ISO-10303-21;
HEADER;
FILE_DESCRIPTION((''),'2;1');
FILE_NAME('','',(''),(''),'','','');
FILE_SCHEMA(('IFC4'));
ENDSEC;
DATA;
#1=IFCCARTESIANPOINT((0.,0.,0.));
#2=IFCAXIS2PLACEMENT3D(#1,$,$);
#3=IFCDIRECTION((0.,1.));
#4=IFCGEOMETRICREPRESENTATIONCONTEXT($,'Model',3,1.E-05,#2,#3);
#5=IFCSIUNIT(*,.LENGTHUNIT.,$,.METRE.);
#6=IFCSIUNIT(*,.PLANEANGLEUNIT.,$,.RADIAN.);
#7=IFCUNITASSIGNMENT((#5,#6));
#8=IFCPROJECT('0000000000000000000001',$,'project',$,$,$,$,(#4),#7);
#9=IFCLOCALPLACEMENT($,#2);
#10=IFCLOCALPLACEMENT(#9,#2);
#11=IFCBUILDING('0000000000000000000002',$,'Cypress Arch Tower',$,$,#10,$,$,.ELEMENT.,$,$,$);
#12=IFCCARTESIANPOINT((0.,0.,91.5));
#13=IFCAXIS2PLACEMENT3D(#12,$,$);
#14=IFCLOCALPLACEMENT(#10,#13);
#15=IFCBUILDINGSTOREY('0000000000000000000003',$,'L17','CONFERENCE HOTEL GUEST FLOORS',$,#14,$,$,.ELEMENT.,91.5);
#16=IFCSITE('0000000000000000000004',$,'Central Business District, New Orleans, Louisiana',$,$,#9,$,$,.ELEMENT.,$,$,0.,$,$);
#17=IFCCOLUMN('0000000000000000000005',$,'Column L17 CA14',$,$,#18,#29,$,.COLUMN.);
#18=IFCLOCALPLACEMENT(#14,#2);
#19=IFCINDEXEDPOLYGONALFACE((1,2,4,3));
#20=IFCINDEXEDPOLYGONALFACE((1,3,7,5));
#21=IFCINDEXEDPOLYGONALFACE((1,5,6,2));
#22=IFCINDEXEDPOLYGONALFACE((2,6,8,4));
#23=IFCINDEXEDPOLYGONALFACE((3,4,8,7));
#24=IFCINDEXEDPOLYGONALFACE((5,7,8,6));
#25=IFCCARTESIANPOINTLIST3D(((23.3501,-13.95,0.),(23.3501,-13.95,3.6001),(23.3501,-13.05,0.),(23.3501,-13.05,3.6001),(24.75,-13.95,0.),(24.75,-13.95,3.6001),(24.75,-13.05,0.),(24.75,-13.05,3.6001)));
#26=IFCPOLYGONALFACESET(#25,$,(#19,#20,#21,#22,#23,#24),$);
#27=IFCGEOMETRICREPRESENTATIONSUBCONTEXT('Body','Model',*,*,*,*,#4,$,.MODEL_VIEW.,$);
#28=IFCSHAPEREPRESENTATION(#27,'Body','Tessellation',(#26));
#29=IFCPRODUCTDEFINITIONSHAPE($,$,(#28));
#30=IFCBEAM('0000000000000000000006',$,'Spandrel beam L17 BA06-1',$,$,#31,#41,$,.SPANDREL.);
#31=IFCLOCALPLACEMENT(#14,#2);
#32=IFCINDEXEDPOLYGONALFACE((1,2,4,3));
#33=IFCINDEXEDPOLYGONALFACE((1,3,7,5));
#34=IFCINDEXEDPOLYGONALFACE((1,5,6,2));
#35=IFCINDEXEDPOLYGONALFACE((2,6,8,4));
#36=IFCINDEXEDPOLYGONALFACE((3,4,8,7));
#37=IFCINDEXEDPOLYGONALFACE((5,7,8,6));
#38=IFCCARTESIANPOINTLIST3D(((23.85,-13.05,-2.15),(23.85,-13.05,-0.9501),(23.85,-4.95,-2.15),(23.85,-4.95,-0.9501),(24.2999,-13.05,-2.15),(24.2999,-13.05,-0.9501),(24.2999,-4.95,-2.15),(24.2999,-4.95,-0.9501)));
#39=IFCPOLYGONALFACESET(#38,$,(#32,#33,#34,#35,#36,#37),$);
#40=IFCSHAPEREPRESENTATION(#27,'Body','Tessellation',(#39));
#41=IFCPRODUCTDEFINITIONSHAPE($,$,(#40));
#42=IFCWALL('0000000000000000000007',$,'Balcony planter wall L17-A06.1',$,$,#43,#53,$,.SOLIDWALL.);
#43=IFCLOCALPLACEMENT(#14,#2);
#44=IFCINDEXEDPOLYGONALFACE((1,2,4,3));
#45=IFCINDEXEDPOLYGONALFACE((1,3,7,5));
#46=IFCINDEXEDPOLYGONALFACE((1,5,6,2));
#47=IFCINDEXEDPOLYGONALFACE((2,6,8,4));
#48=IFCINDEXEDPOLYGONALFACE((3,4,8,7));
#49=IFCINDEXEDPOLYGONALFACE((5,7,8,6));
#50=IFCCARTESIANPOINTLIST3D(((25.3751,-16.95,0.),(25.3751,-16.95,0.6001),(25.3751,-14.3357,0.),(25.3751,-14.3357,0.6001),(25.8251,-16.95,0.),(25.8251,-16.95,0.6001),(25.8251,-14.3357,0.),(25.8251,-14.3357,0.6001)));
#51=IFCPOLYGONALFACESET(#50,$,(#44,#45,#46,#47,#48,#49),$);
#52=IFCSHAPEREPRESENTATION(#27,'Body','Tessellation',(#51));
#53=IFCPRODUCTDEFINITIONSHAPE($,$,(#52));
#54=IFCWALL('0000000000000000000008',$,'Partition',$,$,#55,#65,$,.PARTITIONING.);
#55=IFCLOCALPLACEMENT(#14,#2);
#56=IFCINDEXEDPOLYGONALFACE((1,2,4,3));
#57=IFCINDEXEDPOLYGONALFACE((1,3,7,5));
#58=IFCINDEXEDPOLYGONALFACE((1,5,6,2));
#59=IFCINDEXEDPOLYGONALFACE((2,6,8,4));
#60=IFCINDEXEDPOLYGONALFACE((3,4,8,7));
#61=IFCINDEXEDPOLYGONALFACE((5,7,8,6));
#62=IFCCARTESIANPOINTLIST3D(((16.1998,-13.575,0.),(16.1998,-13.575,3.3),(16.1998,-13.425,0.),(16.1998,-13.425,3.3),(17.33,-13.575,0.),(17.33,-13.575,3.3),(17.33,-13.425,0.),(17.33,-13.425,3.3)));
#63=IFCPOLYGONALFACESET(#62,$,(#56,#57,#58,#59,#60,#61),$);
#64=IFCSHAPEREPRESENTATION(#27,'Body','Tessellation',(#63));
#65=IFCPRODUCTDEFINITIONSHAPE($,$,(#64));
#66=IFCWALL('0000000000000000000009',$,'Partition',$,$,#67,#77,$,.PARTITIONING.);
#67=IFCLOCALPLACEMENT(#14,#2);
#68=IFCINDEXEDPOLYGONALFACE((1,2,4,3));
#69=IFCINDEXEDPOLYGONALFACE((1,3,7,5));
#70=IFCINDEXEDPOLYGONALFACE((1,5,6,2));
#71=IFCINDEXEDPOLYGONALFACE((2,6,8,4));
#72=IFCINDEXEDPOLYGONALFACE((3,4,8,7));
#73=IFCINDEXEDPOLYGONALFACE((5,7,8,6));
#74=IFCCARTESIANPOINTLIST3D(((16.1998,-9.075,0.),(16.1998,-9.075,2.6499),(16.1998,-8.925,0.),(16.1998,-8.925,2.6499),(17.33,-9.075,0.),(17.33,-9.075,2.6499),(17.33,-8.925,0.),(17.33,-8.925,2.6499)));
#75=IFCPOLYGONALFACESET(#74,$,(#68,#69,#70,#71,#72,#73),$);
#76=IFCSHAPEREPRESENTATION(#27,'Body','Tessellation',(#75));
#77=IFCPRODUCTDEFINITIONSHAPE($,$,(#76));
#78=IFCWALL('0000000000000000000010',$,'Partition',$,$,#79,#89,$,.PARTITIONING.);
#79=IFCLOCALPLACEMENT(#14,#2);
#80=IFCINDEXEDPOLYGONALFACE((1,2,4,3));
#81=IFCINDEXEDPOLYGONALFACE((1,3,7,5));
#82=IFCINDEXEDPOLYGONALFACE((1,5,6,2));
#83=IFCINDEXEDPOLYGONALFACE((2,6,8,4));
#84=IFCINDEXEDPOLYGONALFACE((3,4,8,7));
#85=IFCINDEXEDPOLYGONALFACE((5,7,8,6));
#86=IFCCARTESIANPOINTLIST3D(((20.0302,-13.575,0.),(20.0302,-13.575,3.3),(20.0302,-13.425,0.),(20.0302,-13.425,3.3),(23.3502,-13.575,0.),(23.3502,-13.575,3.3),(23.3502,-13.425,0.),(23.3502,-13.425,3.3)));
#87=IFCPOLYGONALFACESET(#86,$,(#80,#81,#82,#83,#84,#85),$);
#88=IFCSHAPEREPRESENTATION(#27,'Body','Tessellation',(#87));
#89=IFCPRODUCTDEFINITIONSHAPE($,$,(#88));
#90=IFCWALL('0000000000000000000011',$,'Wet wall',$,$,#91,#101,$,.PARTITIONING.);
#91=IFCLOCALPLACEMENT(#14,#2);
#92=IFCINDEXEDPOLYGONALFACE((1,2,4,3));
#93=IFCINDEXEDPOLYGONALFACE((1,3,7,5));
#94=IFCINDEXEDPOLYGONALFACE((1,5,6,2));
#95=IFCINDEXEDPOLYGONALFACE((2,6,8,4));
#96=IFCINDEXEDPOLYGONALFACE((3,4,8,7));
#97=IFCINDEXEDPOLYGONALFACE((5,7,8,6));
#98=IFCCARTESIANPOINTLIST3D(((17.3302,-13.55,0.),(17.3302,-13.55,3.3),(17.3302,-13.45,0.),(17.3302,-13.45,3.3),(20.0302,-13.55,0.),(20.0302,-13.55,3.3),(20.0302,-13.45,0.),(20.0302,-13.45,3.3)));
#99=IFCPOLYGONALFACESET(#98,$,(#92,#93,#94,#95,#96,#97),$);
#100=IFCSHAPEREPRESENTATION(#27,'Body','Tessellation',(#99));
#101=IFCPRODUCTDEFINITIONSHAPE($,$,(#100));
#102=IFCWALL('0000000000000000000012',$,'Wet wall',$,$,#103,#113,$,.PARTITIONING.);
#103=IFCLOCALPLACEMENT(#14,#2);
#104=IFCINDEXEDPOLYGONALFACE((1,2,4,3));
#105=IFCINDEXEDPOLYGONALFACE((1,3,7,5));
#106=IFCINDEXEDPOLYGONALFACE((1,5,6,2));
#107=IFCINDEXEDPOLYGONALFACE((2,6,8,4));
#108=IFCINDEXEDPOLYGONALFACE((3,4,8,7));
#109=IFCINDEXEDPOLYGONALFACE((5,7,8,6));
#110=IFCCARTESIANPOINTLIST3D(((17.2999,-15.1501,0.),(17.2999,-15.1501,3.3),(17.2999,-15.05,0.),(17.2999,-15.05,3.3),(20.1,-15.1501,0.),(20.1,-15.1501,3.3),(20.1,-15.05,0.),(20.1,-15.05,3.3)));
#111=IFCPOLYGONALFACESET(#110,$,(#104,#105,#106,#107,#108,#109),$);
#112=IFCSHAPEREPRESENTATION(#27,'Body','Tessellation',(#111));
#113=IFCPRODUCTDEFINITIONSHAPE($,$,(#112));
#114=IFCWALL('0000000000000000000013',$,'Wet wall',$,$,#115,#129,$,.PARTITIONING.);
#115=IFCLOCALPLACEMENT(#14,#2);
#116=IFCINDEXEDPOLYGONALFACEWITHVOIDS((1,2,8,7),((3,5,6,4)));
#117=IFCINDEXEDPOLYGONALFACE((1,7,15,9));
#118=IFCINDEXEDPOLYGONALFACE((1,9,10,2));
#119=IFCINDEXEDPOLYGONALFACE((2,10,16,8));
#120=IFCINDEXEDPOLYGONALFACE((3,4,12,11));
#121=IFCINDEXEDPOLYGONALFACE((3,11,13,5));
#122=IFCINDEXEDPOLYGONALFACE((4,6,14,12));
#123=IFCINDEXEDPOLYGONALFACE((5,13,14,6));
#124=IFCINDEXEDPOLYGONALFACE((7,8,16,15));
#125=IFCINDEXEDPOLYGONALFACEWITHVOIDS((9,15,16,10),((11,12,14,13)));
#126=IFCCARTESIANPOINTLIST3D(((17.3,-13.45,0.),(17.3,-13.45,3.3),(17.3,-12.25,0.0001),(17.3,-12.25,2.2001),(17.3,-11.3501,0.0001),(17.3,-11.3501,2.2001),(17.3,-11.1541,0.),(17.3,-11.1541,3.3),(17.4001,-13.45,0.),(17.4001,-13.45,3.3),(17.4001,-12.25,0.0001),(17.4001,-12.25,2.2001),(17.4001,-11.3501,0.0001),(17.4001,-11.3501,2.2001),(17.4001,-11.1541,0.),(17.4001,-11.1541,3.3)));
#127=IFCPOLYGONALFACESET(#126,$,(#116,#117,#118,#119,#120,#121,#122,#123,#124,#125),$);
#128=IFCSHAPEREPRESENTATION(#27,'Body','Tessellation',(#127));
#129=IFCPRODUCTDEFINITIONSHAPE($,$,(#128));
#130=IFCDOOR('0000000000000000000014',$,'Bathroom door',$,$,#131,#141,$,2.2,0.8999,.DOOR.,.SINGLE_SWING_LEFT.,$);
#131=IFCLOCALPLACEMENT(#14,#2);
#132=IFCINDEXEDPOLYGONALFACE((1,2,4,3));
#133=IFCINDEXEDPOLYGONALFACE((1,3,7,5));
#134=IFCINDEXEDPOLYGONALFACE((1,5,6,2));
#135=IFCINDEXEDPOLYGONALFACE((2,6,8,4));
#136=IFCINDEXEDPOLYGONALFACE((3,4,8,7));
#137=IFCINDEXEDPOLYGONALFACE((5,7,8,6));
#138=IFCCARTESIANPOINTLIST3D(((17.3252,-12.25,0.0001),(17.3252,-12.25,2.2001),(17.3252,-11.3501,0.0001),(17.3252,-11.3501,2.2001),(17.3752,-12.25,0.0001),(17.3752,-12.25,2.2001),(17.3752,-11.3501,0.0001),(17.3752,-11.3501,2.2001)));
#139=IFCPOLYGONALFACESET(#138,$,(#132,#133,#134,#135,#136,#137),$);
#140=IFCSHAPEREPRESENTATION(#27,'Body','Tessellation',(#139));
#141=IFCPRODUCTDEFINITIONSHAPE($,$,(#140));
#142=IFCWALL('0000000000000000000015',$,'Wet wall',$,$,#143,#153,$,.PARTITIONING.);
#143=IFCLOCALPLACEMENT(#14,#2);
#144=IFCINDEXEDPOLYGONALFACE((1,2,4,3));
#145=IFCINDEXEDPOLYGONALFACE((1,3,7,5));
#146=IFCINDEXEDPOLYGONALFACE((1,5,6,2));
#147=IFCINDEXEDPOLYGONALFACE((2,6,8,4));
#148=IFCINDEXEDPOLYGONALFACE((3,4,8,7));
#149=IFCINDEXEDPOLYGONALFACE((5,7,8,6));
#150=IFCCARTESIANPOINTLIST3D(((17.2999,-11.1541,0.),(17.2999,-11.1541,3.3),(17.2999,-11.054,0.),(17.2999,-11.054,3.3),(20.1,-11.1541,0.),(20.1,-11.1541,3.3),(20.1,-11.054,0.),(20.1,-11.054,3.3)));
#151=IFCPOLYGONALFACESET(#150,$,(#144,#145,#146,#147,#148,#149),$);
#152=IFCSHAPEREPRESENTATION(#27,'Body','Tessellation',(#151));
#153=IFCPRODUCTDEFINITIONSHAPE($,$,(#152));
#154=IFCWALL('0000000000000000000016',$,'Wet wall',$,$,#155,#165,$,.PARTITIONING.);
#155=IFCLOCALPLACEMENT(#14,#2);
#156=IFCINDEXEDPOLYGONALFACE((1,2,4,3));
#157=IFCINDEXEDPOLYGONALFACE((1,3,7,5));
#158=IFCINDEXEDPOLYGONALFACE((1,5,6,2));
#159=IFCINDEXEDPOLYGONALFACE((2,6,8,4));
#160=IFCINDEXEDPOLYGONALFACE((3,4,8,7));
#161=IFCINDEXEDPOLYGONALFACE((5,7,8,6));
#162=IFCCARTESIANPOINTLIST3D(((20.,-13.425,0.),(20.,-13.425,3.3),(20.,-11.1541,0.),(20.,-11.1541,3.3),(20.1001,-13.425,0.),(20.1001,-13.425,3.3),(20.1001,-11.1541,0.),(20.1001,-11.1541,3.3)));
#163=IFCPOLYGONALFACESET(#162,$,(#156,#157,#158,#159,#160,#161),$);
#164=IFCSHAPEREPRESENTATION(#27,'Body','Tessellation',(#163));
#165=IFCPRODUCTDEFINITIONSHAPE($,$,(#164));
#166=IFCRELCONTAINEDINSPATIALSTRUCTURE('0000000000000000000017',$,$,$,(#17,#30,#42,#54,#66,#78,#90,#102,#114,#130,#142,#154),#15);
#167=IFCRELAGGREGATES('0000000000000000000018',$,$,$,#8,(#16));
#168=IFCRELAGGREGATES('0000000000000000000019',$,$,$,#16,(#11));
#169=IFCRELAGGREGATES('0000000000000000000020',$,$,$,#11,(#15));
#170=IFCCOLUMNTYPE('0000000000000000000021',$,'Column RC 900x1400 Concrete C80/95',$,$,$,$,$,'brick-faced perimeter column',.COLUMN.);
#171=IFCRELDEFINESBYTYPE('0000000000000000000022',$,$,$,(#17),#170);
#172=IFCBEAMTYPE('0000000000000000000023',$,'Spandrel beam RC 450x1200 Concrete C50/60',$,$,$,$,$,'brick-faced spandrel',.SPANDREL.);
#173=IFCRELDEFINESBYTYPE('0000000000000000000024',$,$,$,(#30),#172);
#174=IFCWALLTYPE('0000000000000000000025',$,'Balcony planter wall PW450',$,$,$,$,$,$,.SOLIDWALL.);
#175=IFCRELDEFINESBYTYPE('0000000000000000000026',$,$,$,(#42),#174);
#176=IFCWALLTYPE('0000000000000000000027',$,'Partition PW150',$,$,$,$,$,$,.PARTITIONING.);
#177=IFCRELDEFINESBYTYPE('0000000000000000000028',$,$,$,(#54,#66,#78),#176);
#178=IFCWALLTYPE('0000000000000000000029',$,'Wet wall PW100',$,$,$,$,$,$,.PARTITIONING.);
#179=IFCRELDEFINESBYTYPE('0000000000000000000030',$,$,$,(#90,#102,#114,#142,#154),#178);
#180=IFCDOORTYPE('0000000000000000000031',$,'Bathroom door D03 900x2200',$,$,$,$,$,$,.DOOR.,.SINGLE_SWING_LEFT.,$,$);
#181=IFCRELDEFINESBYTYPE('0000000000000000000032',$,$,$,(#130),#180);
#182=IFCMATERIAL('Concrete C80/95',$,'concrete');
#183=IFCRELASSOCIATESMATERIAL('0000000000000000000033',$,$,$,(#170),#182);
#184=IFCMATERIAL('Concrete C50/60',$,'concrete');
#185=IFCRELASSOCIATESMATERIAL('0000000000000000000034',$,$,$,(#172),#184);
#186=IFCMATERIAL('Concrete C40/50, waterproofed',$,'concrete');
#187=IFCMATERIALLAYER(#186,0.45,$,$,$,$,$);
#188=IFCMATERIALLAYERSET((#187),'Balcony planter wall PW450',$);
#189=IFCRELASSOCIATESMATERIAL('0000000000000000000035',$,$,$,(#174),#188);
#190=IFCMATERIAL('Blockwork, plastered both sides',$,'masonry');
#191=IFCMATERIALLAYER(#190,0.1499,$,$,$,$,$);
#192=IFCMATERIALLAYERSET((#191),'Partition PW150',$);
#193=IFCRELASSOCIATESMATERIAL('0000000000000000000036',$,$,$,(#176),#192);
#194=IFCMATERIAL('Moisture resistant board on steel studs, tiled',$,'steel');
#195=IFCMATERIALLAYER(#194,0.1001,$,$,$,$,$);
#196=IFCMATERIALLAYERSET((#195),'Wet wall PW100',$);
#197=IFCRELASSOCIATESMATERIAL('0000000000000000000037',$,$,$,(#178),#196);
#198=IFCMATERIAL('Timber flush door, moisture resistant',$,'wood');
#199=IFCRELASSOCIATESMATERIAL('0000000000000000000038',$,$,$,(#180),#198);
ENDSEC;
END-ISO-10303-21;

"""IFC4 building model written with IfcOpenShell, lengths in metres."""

from ifc_helpers import new_model, si_unit, direction, frame, frame_2d, origin, origin_2d, place, context, subcontext, project, spatial, rectangle, extrude, material, layer, layer_set, material_profile, profile_set, type_object, element, fill, save


model = new_model("IFC4")

# Units and contexts
model_context = context("Model", 3, precision=1e-05, world=origin(), true_north=direction((0.0, 1.0)))
body_context = subcontext(model_context, "Body", "Model", "MODEL_VIEW")
ifc_project = project(units=[si_unit("LENGTHUNIT", "METRE"), si_unit("PLANEANGLEUNIT", "RADIAN")], contexts=[model_context])

# Site, building, storey
site_placement = place(None, origin())
site = spatial("IfcSite", under=ifc_project, at=site_placement, Name="Central Business District, New Orleans, Louisiana", CompositionType="ELEMENT", RefElevation=0.0)
building_placement = place(site_placement, origin())
building = spatial("IfcBuilding", under=site, at=building_placement, Name="Cypress Arch Tower", CompositionType="ELEMENT")
storey_placement = place(building_placement, frame((0.0, 0.0, 91.5)))
storey = spatial("IfcBuildingStorey", under=building, at=storey_placement, Name="L17", Description="CONFERENCE HOTEL GUEST FLOORS", CompositionType="ELEMENT", Elevation=91.5)

# Column
ifc_material_1 = material(Name="Concrete C80/95", Category="concrete")
ifc_material_profile_1 = material_profile(ifc_material_1, rectangle(XDim=0.8999, YDim=1.3999, at=origin_2d()), Name="RC 900x1400")
ifc_profile_set_1 = profile_set([ifc_material_profile_1], Name="Concrete C80/95")
column_type = type_object("IfcColumnType", Name="Column RC 900x1400 Concrete C80/95", ElementType="brick-faced perimeter column", PredefinedType="COLUMN", material=ifc_profile_set_1)
column_placement = place(storey_placement, frame((24.05, -13.5, 0.0), z_axis=(0.0, 0.0, 1.0), x_axis=(0.0, 1.0, 0.0)))
element("IfcColumn", 1, at=column_placement, inside=storey, type_object=column_type, Name="Column L17 CA14", PredefinedType="COLUMN", context=body_context, shape_type="SweptSolid", body=[
    extrude(rectangle(XDim=0.8999, YDim=1.3999, at=origin_2d()), origin(), (0.0, 0.0, 1.0), 3.6001),
])

# Beam
ifc_material_2 = material(Name="Concrete C50/60", Category="concrete")
ifc_material_profile_2 = material_profile(ifc_material_2, rectangle(XDim=0.45, YDim=1.2, at=origin_2d()), Name="RC 450x1200")
ifc_profile_set_2 = profile_set([ifc_material_profile_2], Name="Concrete C50/60")
beam_type = type_object("IfcBeamType", Name="Spandrel beam RC 450x1200 Concrete C50/60", ElementType="brick-faced spandrel", PredefinedType="SPANDREL", material=ifc_profile_set_2)
beam_placement = place(storey_placement, frame((24.075, -13.05, -1.55), z_axis=(0.0, 1.0, 0.0), x_axis=(-1.0, 0.0, 0.0)))
element("IfcBeam", 2, at=beam_placement, inside=storey, type_object=beam_type, Name="Spandrel beam L17 BA06-1", PredefinedType="SPANDREL", context=body_context, shape_type="SweptSolid", body=[
    extrude(rectangle(XDim=0.45, YDim=1.2, at=origin_2d()), origin(), (0.0, 0.0, 1.0), 8.1001),
])

# Wall
ifc_material_3 = material(Name="Concrete C40/50, waterproofed", Category="concrete")
ifc_layer_1 = layer(ifc_material_3, 0.45)
ifc_layer_set_1 = layer_set([ifc_layer_1], Name="Balcony planter wall PW450")
wall_type_1 = type_object("IfcWallType", Name="Balcony planter wall PW450", PredefinedType="SOLIDWALL", material=ifc_layer_set_1)
wall_1_placement = place(storey_placement, frame((25.6001, -16.95, 0.0), z_axis=(0.0, 0.0, 1.0), x_axis=(0.0, 1.0, 0.0)))
element("IfcWall", 3, at=wall_1_placement, inside=storey, type_object=wall_type_1, Name="Balcony planter wall L17-A06.1", PredefinedType="SOLIDWALL", context=body_context, shape_type="SweptSolid", body=[
    extrude(rectangle(XDim=2.6143, YDim=0.45, at=frame_2d((1.3071, 0.0))), origin(), (0.0, 0.0, 1.0), 0.6001),
])

# Walls
ifc_material_4 = material(Name="Blockwork, plastered both sides", Category="masonry")
ifc_layer_2 = layer(ifc_material_4, 0.1499)
ifc_layer_set_2 = layer_set([ifc_layer_2], Name="Partition PW150")
wall_type_2 = type_object("IfcWallType", Name="Partition PW150", PredefinedType="PARTITIONING", material=ifc_layer_set_2)
wall_2_placement = place(storey_placement, frame((16.2, -13.5, 0.0), z_axis=(0.0, 0.0, 1.0), x_axis=(1.0, 0.0, 0.0)))
element("IfcWall", 4, at=wall_2_placement, inside=storey, type_object=wall_type_2, Name="Partition", PredefinedType="PARTITIONING", context=body_context, shape_type="SweptSolid", body=[
    extrude(rectangle(XDim=1.1301, YDim=0.1499, at=frame_2d((0.5649, 0.0))), origin(), (0.0, 0.0, 1.0), 3.3),
])
wall_3_placement = place(storey_placement, frame((16.2, -9.0, 0.0), z_axis=(0.0, 0.0, 1.0), x_axis=(1.0, 0.0, 0.0)))
element("IfcWall", 5, at=wall_3_placement, inside=storey, type_object=wall_type_2, Name="Partition", PredefinedType="PARTITIONING", context=body_context, shape_type="SweptSolid", body=[
    extrude(rectangle(XDim=1.1301, YDim=0.1499, at=frame_2d((0.5649, 0.0))), origin(), (0.0, 0.0, 1.0), 2.6499),
])
wall_4_placement = place(storey_placement, frame((20.03, -13.5, 0.0), z_axis=(0.0, 0.0, 1.0), x_axis=(1.0, 0.0, 0.0)))
element("IfcWall", 6, at=wall_4_placement, inside=storey, type_object=wall_type_2, Name="Partition", PredefinedType="PARTITIONING", context=body_context, shape_type="SweptSolid", body=[
    extrude(rectangle(XDim=3.3201, YDim=0.1499, at=frame_2d((1.6602, 0.0))), origin(), (0.0, 0.0, 1.0), 3.3),
])
ifc_material_5 = material(Name="Moisture resistant board on steel studs, tiled", Category="steel")
ifc_layer_3 = layer(ifc_material_5, 0.1001)
ifc_layer_set_3 = layer_set([ifc_layer_3], Name="Wet wall PW100")
wall_type_3 = type_object("IfcWallType", Name="Wet wall PW100", PredefinedType="PARTITIONING", material=ifc_layer_set_3)
wall_5_placement = place(storey_placement, frame((17.3301, -13.5, 0.0), z_axis=(0.0, 0.0, 1.0), x_axis=(1.0, 0.0, 0.0)))
element("IfcWall", 7, at=wall_5_placement, inside=storey, type_object=wall_type_3, Name="Wet wall", PredefinedType="PARTITIONING", context=body_context, shape_type="SweptSolid", body=[
    extrude(rectangle(XDim=2.7, YDim=0.1001, at=frame_2d((1.3501, 0.0))), origin(), (0.0, 0.0, 1.0), 3.3),
])
wall_6_placement = place(storey_placement, frame((17.3, -15.1001, 0.0), z_axis=(0.0, 0.0, 1.0), x_axis=(1.0, 0.0, 0.0)))
element("IfcWall", 8, at=wall_6_placement, inside=storey, type_object=wall_type_3, Name="Wet wall", PredefinedType="PARTITIONING", context=body_context, shape_type="SweptSolid", body=[
    extrude(rectangle(XDim=2.8, YDim=0.1001, at=frame_2d((1.3999, 0.0))), origin(), (0.0, 0.0, 1.0), 3.3),
])

# Wall, opening, door
wall_7_placement = place(storey_placement, frame((17.3501, -13.45, 0.0), z_axis=(0.0, 0.0, 1.0), x_axis=(0.0, 1.0, 0.0)))
wall_7 = element("IfcWall", 9, at=wall_7_placement, inside=storey, type_object=wall_type_3, Name="Wet wall", PredefinedType="PARTITIONING", context=body_context, shape_type="SweptSolid", body=[
    extrude(rectangle(XDim=2.2959, YDim=0.1001, at=frame_2d((1.1479, 0.0))), origin(), (0.0, 0.0, 1.0), 3.3),
])
opening_1_placement = place(wall_7_placement, frame((1.2, 0.0, 0.0)))
opening_1 = element("IfcOpeningElement", 10, at=opening_1_placement, cuts=wall_7, PredefinedType="OPENING", context=body_context, shape_type="SweptSolid", body=[
    extrude(rectangle(XDim=0.8999, YDim=2.2, at=frame_2d((0.45, 1.1001))), frame((0.0, 0.0601, 0.0), z_axis=(0.0, -1.0, 0.0), x_axis=(1.0, 0.0, 0.0)), (0.0, 0.0, 1.0), 0.1201),
])
ifc_material_6 = material(Name="Timber flush door, moisture resistant", Category="wood")
door_type_1 = type_object("IfcDoorType", Name="Bathroom door D03 900x2200", OperationType="SINGLE_SWING_LEFT", PredefinedType="DOOR", material=ifc_material_6)
door_1_placement = place(opening_1_placement, origin())
door_1 = element("IfcDoor", 11, at=door_1_placement, inside=storey, type_object=door_type_1, Name="Bathroom door", OperationType="SINGLE_SWING_LEFT", OverallHeight=2.2, OverallWidth=0.8999, PredefinedType="DOOR", context=body_context, shape_type="SweptSolid", body=[
    extrude(rectangle(XDim=0.8999, YDim=2.2, at=frame_2d((0.45, 1.1001))), frame((0.0, 0.0249, 0.0), z_axis=(0.0, -1.0, 0.0), x_axis=(1.0, 0.0, 0.0)), (0.0, 0.0, 1.0), 0.05),
])
fill(opening_1, door_1)

# Walls
wall_8_placement = place(storey_placement, frame((17.3, -11.104, 0.0), z_axis=(0.0, 0.0, 1.0), x_axis=(1.0, 0.0, 0.0)))
element("IfcWall", 12, at=wall_8_placement, inside=storey, type_object=wall_type_3, Name="Wet wall", PredefinedType="PARTITIONING", context=body_context, shape_type="SweptSolid", body=[
    extrude(rectangle(XDim=2.8, YDim=0.1001, at=frame_2d((1.3999, 0.0))), origin(), (0.0, 0.0, 1.0), 3.3),
])
wall_9_placement = place(storey_placement, frame((20.05, -13.425, 0.0), z_axis=(0.0, 0.0, 1.0), x_axis=(0.0, 1.0, 0.0)))
element("IfcWall", 13, at=wall_9_placement, inside=storey, type_object=wall_type_3, Name="Wet wall", PredefinedType="PARTITIONING", context=body_context, shape_type="SweptSolid", body=[
    extrude(rectangle(XDim=2.271, YDim=0.1001, at=frame_2d((1.1355, 0.0))), origin(), (0.0, 0.0, 1.0), 3.3),
])

save(model, "model.ifc")
